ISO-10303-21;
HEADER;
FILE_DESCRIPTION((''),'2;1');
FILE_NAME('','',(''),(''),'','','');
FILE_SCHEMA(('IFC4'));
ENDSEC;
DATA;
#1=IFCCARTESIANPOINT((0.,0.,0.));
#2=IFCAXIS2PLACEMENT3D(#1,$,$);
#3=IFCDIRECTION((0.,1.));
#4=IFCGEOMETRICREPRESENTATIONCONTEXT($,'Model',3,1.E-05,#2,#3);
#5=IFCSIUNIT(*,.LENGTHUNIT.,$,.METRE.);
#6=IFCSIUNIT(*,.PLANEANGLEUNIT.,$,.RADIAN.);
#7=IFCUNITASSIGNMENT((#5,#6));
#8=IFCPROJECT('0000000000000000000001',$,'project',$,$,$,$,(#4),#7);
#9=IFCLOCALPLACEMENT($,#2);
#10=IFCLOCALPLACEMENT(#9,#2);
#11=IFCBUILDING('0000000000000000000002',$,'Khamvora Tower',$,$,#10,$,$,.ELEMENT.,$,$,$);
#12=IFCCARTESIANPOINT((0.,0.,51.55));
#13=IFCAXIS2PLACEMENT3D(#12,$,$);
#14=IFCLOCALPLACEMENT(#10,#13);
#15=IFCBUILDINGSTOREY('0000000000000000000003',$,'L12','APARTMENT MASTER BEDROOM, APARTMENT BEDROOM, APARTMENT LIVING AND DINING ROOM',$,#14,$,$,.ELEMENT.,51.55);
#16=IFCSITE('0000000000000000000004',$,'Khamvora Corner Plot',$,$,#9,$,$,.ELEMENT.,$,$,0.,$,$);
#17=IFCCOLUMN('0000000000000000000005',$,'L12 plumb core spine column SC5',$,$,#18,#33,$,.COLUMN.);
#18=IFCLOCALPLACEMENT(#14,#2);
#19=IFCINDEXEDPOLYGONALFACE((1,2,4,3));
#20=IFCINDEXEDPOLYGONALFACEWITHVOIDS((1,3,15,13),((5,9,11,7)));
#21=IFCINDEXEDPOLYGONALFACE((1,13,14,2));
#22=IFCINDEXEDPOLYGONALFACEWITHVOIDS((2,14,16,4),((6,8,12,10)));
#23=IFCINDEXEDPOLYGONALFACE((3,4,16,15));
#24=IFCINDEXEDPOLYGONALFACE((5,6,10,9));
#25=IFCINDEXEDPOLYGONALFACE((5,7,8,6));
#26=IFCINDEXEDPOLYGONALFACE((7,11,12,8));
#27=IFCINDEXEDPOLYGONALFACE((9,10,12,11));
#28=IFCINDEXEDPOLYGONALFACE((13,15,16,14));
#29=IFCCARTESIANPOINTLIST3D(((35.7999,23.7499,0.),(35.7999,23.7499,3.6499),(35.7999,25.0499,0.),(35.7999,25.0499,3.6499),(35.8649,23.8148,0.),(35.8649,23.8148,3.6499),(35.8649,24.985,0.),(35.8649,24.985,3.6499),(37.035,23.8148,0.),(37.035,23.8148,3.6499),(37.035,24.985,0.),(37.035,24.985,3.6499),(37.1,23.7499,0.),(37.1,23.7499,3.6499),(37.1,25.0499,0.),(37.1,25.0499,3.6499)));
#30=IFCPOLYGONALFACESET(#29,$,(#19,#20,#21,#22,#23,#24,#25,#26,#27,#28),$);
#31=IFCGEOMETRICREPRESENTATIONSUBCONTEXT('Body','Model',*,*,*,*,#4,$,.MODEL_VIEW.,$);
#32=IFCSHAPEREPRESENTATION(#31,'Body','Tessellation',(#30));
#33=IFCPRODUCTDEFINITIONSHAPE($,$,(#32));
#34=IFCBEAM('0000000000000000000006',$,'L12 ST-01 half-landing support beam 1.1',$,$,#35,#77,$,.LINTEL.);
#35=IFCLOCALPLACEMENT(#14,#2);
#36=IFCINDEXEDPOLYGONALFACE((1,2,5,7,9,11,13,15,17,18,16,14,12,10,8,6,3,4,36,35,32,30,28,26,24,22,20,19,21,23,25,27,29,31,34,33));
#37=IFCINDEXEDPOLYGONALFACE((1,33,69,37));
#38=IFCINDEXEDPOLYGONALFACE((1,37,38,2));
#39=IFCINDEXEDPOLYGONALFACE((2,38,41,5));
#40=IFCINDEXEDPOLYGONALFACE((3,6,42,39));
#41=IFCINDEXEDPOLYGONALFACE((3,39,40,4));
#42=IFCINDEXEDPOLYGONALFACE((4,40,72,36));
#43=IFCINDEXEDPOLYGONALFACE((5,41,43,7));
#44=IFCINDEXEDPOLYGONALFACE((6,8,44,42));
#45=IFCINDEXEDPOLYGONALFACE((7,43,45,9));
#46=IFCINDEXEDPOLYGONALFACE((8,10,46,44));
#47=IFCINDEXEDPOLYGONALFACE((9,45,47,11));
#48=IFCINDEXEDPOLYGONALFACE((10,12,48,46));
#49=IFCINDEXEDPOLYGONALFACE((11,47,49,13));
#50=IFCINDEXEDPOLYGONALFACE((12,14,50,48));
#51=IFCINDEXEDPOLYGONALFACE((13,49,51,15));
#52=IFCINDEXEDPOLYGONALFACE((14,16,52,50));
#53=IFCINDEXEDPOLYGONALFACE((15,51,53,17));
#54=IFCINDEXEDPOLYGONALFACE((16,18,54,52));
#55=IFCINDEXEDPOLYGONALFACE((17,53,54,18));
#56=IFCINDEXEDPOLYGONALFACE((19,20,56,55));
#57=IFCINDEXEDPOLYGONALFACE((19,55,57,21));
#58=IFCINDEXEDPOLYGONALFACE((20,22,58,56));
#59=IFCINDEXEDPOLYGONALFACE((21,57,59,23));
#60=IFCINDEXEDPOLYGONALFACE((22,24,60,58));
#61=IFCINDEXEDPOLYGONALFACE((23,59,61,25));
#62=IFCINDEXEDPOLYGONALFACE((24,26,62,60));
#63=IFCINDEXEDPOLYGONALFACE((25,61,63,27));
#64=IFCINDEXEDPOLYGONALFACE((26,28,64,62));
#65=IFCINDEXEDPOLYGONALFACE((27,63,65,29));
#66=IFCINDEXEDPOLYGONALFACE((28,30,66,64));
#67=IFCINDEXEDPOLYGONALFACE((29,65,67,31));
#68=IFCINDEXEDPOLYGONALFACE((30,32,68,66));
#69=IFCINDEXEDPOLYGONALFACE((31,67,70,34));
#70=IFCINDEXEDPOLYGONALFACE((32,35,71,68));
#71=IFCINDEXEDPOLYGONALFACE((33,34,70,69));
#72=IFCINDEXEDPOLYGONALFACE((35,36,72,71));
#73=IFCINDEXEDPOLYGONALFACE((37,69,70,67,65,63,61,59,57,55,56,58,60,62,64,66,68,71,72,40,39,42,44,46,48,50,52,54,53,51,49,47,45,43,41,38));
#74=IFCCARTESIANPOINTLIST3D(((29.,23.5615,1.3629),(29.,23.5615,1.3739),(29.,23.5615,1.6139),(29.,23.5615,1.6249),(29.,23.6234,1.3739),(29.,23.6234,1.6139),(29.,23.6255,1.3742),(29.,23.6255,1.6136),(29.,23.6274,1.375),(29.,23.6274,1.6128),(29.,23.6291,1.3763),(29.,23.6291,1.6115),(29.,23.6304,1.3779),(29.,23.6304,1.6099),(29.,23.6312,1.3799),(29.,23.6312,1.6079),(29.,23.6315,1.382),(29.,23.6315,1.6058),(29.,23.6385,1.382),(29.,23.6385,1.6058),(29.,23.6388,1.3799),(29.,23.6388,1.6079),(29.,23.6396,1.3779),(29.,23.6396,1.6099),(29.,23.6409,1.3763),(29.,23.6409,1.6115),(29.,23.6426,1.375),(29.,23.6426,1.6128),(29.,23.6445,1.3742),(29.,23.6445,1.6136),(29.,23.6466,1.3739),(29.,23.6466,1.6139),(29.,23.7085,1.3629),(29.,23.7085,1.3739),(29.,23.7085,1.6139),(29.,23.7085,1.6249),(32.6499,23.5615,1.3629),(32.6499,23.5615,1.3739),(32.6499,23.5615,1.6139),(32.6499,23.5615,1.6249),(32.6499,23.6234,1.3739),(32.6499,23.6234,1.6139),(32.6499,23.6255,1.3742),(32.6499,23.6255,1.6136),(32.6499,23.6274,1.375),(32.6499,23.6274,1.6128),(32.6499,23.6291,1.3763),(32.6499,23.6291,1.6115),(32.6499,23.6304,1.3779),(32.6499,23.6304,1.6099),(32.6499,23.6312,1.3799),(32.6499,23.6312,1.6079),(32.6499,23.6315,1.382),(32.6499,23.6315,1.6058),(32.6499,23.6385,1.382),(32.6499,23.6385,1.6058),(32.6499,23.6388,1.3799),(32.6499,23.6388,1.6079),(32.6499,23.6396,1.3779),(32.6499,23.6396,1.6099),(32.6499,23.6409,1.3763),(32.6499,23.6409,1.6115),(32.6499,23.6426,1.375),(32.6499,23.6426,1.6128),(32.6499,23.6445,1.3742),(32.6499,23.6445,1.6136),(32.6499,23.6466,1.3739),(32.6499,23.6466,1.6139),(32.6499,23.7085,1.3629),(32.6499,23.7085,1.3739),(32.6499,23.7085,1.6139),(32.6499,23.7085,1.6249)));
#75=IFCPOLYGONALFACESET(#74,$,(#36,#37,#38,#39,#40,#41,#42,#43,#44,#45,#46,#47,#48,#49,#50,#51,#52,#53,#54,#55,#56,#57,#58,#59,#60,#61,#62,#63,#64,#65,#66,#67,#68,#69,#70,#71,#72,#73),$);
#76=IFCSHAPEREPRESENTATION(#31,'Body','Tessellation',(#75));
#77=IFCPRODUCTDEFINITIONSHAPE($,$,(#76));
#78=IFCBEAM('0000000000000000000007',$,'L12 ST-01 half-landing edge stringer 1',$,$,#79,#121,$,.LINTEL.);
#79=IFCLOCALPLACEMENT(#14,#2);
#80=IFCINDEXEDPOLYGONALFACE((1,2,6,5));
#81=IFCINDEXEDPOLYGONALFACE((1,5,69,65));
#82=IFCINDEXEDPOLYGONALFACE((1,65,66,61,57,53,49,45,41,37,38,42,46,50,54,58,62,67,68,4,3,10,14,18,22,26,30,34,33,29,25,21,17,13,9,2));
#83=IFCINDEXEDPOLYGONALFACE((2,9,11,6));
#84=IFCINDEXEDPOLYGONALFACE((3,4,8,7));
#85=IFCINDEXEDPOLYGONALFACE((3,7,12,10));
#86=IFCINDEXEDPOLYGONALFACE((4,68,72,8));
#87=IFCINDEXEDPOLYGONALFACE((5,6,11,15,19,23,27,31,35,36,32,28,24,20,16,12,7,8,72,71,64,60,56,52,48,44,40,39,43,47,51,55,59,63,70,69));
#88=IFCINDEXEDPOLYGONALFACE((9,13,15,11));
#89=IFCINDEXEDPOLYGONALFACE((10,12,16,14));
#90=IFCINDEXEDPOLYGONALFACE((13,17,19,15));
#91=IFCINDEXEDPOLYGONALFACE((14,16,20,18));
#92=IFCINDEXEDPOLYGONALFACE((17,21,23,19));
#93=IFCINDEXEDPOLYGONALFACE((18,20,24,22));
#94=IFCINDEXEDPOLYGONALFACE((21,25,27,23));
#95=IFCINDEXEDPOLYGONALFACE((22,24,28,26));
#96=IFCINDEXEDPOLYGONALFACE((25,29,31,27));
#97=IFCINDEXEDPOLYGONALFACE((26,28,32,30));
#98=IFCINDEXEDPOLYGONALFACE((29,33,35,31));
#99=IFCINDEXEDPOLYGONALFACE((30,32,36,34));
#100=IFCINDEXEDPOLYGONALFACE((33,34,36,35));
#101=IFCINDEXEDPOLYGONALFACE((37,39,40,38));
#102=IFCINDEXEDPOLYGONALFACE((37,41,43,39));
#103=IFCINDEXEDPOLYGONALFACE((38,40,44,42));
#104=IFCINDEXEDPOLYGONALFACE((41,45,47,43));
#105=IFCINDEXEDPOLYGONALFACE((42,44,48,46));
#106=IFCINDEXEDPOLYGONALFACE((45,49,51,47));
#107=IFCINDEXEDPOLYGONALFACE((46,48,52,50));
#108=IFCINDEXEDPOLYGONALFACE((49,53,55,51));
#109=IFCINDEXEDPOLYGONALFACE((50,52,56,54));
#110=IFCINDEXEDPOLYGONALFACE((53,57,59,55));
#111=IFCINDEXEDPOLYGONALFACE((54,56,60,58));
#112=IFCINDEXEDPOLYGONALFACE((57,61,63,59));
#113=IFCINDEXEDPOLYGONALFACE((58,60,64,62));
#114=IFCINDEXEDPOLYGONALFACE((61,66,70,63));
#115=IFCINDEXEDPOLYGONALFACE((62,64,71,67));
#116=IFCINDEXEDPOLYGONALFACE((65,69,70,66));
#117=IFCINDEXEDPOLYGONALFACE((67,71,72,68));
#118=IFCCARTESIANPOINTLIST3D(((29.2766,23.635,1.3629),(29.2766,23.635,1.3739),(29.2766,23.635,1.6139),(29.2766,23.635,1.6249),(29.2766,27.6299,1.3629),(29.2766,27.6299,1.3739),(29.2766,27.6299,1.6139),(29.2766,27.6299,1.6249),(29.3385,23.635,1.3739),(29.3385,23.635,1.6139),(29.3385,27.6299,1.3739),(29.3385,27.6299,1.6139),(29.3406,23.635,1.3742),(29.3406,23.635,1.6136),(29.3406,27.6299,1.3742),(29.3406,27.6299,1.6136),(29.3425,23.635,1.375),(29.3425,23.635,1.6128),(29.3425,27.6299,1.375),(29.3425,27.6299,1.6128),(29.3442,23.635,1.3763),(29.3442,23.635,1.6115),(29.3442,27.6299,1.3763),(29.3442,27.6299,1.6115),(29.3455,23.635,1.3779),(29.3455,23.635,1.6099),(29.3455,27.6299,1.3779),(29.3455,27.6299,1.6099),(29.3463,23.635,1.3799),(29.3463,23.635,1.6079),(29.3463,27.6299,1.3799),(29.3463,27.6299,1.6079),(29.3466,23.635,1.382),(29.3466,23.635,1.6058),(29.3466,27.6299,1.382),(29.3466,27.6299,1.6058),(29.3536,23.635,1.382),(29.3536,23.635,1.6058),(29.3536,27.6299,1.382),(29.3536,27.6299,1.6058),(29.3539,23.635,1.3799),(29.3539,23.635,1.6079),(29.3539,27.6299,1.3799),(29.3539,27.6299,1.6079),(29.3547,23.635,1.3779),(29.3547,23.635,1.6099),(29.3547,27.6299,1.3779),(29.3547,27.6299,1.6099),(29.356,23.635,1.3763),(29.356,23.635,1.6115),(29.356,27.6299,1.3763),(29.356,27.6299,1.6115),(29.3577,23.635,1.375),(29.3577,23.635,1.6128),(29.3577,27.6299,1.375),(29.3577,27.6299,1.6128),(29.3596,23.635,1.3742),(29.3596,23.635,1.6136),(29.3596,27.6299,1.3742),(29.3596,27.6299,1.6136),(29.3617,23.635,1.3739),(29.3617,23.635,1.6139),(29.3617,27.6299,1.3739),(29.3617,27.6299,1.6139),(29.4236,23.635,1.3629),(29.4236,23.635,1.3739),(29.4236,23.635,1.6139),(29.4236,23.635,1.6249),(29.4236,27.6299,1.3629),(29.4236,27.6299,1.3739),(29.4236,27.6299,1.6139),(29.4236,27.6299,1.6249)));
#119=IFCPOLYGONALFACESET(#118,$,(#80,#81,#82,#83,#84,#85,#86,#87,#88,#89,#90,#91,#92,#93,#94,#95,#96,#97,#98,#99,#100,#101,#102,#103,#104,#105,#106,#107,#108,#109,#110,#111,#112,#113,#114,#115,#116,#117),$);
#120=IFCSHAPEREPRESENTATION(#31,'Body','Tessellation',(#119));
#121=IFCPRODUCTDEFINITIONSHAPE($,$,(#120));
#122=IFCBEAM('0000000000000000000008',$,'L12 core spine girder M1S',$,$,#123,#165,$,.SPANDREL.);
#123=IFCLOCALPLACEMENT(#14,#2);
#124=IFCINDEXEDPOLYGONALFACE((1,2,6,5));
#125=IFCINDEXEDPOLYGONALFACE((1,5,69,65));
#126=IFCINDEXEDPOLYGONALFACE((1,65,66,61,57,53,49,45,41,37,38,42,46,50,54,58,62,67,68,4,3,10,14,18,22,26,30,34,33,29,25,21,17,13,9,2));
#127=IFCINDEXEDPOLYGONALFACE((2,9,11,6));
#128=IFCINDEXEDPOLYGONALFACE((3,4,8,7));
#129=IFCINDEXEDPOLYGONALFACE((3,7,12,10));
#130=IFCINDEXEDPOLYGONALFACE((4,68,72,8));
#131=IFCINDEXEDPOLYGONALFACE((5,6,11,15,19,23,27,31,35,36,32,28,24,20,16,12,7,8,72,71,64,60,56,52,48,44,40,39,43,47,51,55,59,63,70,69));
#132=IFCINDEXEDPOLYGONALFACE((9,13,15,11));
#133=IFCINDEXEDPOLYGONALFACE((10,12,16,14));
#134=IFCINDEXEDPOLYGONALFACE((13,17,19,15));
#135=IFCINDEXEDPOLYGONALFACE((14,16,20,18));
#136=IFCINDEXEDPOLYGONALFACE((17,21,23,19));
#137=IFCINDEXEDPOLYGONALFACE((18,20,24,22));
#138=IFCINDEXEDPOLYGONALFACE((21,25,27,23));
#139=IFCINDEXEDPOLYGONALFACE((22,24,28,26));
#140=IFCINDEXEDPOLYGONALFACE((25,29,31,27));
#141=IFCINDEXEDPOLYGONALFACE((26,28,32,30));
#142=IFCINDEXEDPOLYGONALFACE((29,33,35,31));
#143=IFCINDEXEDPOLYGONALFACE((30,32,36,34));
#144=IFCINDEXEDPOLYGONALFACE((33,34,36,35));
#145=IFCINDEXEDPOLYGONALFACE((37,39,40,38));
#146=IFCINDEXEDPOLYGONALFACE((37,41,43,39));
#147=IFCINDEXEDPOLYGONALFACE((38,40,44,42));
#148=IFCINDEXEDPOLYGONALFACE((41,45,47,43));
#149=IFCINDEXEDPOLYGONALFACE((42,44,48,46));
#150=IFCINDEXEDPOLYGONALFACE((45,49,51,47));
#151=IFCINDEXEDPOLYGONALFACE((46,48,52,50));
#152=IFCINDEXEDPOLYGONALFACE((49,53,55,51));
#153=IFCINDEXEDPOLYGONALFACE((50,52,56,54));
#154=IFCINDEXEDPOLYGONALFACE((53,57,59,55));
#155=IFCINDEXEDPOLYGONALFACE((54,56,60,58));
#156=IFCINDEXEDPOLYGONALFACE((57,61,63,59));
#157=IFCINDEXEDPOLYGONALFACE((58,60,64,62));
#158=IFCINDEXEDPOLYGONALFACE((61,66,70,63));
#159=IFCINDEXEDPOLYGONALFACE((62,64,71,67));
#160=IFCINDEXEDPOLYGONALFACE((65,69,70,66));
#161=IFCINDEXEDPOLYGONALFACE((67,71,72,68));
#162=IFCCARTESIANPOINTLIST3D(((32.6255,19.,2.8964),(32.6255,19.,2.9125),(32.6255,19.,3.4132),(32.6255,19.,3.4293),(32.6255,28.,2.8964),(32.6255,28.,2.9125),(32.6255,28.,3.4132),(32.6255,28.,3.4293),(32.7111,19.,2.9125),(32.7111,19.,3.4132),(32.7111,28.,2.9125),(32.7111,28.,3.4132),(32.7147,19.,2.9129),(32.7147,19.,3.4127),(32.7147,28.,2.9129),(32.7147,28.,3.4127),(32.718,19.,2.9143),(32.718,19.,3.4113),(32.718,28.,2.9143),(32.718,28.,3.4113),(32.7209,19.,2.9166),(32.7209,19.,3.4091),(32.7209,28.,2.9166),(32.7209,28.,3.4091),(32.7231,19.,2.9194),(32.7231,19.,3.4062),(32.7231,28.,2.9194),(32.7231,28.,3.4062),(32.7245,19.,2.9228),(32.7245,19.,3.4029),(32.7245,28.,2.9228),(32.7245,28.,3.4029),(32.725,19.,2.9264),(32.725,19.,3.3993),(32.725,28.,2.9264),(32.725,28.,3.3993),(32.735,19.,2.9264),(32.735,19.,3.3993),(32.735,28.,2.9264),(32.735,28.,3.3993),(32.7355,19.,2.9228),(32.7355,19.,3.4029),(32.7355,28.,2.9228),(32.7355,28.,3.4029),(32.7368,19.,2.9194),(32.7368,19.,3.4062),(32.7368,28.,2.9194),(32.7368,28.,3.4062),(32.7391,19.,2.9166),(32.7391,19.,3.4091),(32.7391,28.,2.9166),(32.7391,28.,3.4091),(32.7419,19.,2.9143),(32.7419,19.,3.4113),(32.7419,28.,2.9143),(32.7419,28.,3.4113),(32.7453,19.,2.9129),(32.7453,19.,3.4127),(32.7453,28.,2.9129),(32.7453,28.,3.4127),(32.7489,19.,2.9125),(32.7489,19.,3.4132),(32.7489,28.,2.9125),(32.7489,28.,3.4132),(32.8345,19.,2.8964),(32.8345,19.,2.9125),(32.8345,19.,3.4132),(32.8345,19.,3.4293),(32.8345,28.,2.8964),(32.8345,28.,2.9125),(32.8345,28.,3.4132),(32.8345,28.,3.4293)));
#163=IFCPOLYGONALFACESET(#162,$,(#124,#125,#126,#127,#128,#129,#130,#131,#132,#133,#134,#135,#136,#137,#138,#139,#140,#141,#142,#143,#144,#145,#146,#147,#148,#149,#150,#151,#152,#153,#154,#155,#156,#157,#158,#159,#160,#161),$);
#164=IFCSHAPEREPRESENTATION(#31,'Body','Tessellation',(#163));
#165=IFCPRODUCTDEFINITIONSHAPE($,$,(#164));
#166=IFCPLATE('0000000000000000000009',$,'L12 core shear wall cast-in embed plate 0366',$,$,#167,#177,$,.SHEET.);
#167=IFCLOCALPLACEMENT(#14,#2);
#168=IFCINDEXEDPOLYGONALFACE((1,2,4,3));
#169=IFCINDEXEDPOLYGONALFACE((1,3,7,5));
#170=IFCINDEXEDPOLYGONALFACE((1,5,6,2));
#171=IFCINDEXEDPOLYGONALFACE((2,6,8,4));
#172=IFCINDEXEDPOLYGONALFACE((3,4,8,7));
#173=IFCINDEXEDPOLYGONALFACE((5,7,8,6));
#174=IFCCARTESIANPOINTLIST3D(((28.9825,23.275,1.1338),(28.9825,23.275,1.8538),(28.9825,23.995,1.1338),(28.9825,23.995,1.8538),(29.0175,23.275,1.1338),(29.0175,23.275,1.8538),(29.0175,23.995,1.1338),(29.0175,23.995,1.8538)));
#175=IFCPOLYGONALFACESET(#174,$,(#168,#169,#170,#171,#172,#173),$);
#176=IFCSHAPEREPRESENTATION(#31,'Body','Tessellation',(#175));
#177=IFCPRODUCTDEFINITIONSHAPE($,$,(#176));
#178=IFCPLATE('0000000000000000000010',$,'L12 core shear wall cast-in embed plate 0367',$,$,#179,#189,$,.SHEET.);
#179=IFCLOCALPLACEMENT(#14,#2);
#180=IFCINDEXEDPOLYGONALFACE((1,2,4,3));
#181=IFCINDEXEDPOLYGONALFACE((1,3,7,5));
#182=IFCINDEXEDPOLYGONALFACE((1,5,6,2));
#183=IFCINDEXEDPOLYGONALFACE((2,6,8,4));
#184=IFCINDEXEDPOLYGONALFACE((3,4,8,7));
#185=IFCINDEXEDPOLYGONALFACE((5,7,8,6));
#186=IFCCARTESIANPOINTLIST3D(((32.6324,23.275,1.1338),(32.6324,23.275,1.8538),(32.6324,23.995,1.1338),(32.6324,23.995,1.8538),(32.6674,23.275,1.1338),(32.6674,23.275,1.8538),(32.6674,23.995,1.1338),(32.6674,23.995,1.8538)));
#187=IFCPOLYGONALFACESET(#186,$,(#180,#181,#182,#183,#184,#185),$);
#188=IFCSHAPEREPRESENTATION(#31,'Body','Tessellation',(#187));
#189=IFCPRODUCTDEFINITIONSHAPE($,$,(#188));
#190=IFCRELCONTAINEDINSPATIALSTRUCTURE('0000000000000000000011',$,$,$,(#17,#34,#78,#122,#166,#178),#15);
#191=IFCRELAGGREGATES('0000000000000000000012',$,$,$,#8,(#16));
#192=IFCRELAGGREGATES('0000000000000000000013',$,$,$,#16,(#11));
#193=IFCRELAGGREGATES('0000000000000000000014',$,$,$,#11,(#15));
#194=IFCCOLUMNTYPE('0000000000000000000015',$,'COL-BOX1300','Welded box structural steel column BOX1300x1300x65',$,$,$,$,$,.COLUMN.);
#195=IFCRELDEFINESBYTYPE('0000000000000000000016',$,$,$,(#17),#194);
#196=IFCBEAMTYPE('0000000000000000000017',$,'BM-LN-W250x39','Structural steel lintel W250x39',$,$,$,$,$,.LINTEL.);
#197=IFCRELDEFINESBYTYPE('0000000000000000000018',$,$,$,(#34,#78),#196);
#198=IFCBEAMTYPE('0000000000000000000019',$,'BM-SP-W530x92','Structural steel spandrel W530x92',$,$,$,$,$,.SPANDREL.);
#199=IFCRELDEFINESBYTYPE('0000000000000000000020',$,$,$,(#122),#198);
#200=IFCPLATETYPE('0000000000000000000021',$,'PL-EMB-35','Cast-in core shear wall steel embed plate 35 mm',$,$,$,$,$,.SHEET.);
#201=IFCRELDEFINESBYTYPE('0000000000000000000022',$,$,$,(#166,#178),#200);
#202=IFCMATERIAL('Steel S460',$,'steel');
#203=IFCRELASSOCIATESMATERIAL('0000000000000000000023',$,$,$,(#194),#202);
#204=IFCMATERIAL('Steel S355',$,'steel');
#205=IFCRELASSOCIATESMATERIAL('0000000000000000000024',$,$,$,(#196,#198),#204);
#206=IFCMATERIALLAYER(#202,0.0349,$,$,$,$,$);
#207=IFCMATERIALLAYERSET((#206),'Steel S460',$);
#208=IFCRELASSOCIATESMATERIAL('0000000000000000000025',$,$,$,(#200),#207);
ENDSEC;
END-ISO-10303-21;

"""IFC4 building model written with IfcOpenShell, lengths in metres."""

from ifc_helpers import new_model, si_unit, direction, frame, origin, origin_2d, place, context, subcontext, project, spatial, rectangle, hollow_rectangle, i_section, extrude, material, layer, layer_set, material_profile, profile_set, type_object, element, save


model = new_model("IFC4")

# Units and contexts
model_context = context("Model", 3, precision=1e-05, world=origin(), true_north=direction((0.0, 1.0)))
body_context = subcontext(model_context, "Body", "Model", "MODEL_VIEW")
ifc_project = project(units=[si_unit("LENGTHUNIT", "METRE"), si_unit("PLANEANGLEUNIT", "RADIAN")], contexts=[model_context])

# Site, building, storey
site_placement = place(None, origin())
site = spatial("IfcSite", under=ifc_project, at=site_placement, Name="Khamvora Corner Plot", CompositionType="ELEMENT", RefElevation=0.0)
building_placement = place(site_placement, origin())
building = spatial("IfcBuilding", under=site, at=building_placement, Name="Khamvora Tower", CompositionType="ELEMENT")
storey_placement = place(building_placement, frame((0.0, 0.0, 51.55)))
storey = spatial("IfcBuildingStorey", under=building, at=storey_placement, Name="L12", Description="APARTMENT MASTER BEDROOM, APARTMENT BEDROOM, APARTMENT LIVING AND DINING ROOM", CompositionType="ELEMENT", Elevation=51.55)

# Column
ifc_material_1 = material(Name="Steel S460", Category="steel")
ifc_material_profile_1 = material_profile(ifc_material_1, hollow_rectangle(XDim=1.3, YDim=1.3, WallThickness=0.0649, at=origin_2d()), Name="BOX1300x1300x65")
ifc_profile_set_1 = profile_set([ifc_material_profile_1], Name="Steel S460")
column_type = type_object("IfcColumnType", Name="COL-BOX1300", Description="Welded box structural steel column BOX1300x1300x65", PredefinedType="COLUMN", material=ifc_profile_set_1)
column_placement = place(storey_placement, frame((36.45, 24.3999, 0.0), z_axis=(0.0, 0.0, 1.0), x_axis=(1.0, 0.0, 0.0)))
element("IfcColumn", 1, at=column_placement, inside=storey, type_object=column_type, Name="L12 plumb core spine column SC5", PredefinedType="COLUMN", context=body_context, shape_type="SweptSolid", body=[
    extrude(hollow_rectangle(XDim=1.3, YDim=1.3, WallThickness=0.0649, at=origin_2d()), origin(), (0.0, 0.0, 1.0), 3.6499),
])

# Beams
ifc_material_2 = material(Name="Steel S355", Category="steel")
ifc_material_profile_2 = material_profile(ifc_material_2, i_section(OverallWidth=0.147, OverallDepth=0.262, WebThickness=0.0071, FlangeThickness=0.011, FilletRadius=0.0081, at=origin_2d()), Name="W250x39")
ifc_profile_set_2 = profile_set([ifc_material_profile_2], Name="Steel S355")
beam_type_1 = type_object("IfcBeamType", Name="BM-LN-W250x39", Description="Structural steel lintel W250x39", PredefinedType="LINTEL", material=ifc_profile_set_2)
beam_1_placement = place(storey_placement, frame((29.0, 23.635, 1.4939), z_axis=(1.0, 0.0, 0.0), x_axis=(0.0, 1.0, 0.0)))
element("IfcBeam", 2, at=beam_1_placement, inside=storey, type_object=beam_type_1, Name="L12 ST-01 half-landing support beam 1.1", PredefinedType="LINTEL", context=body_context, shape_type="SweptSolid", body=[
    extrude(i_section(OverallWidth=0.147, OverallDepth=0.262, WebThickness=0.0071, FlangeThickness=0.011, FilletRadius=0.0081, at=origin_2d()), origin(), (0.0, 0.0, 1.0), 3.6499),
])
beam_2_placement = place(storey_placement, frame((29.3501, 23.635, 1.4939), z_axis=(0.0, 1.0, 0.0), x_axis=(-1.0, 0.0, 0.0)))
element("IfcBeam", 3, at=beam_2_placement, inside=storey, type_object=beam_type_1, Name="L12 ST-01 half-landing edge stringer 1", PredefinedType="LINTEL", context=body_context, shape_type="SweptSolid", body=[
    extrude(i_section(OverallWidth=0.147, OverallDepth=0.262, WebThickness=0.0071, FlangeThickness=0.011, FilletRadius=0.0081, at=origin_2d()), origin(), (0.0, 0.0, 1.0), 3.9949),
])
ifc_material_profile_3 = material_profile(ifc_material_2, i_section(OverallWidth=0.209, OverallDepth=0.533, WebThickness=0.01, FlangeThickness=0.0161, FilletRadius=0.0139, at=origin_2d()), Name="W530x92")
ifc_profile_set_3 = profile_set([ifc_material_profile_3], Name="Steel S355")
beam_type_2 = type_object("IfcBeamType", Name="BM-SP-W530x92", Description="Structural steel spandrel W530x92", PredefinedType="SPANDREL", material=ifc_profile_set_3)
beam_3_placement = place(storey_placement, frame((32.73, 19.0, 3.1628), z_axis=(0.0, 1.0, 0.0), x_axis=(-1.0, 0.0, 0.0)))
element("IfcBeam", 4, at=beam_3_placement, inside=storey, type_object=beam_type_2, Name="L12 core spine girder M1S", PredefinedType="SPANDREL", context=body_context, shape_type="SweptSolid", body=[
    extrude(i_section(OverallWidth=0.209, OverallDepth=0.533, WebThickness=0.01, FlangeThickness=0.0161, FilletRadius=0.0139, at=origin_2d()), origin(), (0.0, 0.0, 1.0), 9.0),
])

# Plates
ifc_layer_1 = layer(ifc_material_1, 0.0349)
ifc_layer_set_1 = layer_set([ifc_layer_1], Name="Steel S460")
plate_type = type_object("IfcPlateType", Name="PL-EMB-35", Description="Cast-in core shear wall steel embed plate 35 mm", PredefinedType="SHEET", material=ifc_layer_set_1)
for number, where, z_axis, x_axis, name in (
    (5, (29.0, 23.635, 1.1338), (0.0, 0.0, 1.0), (1.0, 0.0, 0.0), "L12 core shear wall cast-in embed plate 0366"),
    (6, (32.6499, 23.635, 1.1338), (0.0, 0.0, 1.0), (1.0, 0.0, 0.0), "L12 core shear wall cast-in embed plate 0367"),
):
    element("IfcPlate", number, at=place(storey_placement, frame(where, z_axis=z_axis, x_axis=x_axis)), inside=storey, type_object=plate_type, Name=name, PredefinedType="SHEET", context=body_context, shape_type="SweptSolid", body=[
        extrude(rectangle(XDim=0.0349, YDim=0.72, at=origin_2d()), origin(), (0.0, 0.0, 1.0), 0.72),
    ])

save(model, "model.ifc")
